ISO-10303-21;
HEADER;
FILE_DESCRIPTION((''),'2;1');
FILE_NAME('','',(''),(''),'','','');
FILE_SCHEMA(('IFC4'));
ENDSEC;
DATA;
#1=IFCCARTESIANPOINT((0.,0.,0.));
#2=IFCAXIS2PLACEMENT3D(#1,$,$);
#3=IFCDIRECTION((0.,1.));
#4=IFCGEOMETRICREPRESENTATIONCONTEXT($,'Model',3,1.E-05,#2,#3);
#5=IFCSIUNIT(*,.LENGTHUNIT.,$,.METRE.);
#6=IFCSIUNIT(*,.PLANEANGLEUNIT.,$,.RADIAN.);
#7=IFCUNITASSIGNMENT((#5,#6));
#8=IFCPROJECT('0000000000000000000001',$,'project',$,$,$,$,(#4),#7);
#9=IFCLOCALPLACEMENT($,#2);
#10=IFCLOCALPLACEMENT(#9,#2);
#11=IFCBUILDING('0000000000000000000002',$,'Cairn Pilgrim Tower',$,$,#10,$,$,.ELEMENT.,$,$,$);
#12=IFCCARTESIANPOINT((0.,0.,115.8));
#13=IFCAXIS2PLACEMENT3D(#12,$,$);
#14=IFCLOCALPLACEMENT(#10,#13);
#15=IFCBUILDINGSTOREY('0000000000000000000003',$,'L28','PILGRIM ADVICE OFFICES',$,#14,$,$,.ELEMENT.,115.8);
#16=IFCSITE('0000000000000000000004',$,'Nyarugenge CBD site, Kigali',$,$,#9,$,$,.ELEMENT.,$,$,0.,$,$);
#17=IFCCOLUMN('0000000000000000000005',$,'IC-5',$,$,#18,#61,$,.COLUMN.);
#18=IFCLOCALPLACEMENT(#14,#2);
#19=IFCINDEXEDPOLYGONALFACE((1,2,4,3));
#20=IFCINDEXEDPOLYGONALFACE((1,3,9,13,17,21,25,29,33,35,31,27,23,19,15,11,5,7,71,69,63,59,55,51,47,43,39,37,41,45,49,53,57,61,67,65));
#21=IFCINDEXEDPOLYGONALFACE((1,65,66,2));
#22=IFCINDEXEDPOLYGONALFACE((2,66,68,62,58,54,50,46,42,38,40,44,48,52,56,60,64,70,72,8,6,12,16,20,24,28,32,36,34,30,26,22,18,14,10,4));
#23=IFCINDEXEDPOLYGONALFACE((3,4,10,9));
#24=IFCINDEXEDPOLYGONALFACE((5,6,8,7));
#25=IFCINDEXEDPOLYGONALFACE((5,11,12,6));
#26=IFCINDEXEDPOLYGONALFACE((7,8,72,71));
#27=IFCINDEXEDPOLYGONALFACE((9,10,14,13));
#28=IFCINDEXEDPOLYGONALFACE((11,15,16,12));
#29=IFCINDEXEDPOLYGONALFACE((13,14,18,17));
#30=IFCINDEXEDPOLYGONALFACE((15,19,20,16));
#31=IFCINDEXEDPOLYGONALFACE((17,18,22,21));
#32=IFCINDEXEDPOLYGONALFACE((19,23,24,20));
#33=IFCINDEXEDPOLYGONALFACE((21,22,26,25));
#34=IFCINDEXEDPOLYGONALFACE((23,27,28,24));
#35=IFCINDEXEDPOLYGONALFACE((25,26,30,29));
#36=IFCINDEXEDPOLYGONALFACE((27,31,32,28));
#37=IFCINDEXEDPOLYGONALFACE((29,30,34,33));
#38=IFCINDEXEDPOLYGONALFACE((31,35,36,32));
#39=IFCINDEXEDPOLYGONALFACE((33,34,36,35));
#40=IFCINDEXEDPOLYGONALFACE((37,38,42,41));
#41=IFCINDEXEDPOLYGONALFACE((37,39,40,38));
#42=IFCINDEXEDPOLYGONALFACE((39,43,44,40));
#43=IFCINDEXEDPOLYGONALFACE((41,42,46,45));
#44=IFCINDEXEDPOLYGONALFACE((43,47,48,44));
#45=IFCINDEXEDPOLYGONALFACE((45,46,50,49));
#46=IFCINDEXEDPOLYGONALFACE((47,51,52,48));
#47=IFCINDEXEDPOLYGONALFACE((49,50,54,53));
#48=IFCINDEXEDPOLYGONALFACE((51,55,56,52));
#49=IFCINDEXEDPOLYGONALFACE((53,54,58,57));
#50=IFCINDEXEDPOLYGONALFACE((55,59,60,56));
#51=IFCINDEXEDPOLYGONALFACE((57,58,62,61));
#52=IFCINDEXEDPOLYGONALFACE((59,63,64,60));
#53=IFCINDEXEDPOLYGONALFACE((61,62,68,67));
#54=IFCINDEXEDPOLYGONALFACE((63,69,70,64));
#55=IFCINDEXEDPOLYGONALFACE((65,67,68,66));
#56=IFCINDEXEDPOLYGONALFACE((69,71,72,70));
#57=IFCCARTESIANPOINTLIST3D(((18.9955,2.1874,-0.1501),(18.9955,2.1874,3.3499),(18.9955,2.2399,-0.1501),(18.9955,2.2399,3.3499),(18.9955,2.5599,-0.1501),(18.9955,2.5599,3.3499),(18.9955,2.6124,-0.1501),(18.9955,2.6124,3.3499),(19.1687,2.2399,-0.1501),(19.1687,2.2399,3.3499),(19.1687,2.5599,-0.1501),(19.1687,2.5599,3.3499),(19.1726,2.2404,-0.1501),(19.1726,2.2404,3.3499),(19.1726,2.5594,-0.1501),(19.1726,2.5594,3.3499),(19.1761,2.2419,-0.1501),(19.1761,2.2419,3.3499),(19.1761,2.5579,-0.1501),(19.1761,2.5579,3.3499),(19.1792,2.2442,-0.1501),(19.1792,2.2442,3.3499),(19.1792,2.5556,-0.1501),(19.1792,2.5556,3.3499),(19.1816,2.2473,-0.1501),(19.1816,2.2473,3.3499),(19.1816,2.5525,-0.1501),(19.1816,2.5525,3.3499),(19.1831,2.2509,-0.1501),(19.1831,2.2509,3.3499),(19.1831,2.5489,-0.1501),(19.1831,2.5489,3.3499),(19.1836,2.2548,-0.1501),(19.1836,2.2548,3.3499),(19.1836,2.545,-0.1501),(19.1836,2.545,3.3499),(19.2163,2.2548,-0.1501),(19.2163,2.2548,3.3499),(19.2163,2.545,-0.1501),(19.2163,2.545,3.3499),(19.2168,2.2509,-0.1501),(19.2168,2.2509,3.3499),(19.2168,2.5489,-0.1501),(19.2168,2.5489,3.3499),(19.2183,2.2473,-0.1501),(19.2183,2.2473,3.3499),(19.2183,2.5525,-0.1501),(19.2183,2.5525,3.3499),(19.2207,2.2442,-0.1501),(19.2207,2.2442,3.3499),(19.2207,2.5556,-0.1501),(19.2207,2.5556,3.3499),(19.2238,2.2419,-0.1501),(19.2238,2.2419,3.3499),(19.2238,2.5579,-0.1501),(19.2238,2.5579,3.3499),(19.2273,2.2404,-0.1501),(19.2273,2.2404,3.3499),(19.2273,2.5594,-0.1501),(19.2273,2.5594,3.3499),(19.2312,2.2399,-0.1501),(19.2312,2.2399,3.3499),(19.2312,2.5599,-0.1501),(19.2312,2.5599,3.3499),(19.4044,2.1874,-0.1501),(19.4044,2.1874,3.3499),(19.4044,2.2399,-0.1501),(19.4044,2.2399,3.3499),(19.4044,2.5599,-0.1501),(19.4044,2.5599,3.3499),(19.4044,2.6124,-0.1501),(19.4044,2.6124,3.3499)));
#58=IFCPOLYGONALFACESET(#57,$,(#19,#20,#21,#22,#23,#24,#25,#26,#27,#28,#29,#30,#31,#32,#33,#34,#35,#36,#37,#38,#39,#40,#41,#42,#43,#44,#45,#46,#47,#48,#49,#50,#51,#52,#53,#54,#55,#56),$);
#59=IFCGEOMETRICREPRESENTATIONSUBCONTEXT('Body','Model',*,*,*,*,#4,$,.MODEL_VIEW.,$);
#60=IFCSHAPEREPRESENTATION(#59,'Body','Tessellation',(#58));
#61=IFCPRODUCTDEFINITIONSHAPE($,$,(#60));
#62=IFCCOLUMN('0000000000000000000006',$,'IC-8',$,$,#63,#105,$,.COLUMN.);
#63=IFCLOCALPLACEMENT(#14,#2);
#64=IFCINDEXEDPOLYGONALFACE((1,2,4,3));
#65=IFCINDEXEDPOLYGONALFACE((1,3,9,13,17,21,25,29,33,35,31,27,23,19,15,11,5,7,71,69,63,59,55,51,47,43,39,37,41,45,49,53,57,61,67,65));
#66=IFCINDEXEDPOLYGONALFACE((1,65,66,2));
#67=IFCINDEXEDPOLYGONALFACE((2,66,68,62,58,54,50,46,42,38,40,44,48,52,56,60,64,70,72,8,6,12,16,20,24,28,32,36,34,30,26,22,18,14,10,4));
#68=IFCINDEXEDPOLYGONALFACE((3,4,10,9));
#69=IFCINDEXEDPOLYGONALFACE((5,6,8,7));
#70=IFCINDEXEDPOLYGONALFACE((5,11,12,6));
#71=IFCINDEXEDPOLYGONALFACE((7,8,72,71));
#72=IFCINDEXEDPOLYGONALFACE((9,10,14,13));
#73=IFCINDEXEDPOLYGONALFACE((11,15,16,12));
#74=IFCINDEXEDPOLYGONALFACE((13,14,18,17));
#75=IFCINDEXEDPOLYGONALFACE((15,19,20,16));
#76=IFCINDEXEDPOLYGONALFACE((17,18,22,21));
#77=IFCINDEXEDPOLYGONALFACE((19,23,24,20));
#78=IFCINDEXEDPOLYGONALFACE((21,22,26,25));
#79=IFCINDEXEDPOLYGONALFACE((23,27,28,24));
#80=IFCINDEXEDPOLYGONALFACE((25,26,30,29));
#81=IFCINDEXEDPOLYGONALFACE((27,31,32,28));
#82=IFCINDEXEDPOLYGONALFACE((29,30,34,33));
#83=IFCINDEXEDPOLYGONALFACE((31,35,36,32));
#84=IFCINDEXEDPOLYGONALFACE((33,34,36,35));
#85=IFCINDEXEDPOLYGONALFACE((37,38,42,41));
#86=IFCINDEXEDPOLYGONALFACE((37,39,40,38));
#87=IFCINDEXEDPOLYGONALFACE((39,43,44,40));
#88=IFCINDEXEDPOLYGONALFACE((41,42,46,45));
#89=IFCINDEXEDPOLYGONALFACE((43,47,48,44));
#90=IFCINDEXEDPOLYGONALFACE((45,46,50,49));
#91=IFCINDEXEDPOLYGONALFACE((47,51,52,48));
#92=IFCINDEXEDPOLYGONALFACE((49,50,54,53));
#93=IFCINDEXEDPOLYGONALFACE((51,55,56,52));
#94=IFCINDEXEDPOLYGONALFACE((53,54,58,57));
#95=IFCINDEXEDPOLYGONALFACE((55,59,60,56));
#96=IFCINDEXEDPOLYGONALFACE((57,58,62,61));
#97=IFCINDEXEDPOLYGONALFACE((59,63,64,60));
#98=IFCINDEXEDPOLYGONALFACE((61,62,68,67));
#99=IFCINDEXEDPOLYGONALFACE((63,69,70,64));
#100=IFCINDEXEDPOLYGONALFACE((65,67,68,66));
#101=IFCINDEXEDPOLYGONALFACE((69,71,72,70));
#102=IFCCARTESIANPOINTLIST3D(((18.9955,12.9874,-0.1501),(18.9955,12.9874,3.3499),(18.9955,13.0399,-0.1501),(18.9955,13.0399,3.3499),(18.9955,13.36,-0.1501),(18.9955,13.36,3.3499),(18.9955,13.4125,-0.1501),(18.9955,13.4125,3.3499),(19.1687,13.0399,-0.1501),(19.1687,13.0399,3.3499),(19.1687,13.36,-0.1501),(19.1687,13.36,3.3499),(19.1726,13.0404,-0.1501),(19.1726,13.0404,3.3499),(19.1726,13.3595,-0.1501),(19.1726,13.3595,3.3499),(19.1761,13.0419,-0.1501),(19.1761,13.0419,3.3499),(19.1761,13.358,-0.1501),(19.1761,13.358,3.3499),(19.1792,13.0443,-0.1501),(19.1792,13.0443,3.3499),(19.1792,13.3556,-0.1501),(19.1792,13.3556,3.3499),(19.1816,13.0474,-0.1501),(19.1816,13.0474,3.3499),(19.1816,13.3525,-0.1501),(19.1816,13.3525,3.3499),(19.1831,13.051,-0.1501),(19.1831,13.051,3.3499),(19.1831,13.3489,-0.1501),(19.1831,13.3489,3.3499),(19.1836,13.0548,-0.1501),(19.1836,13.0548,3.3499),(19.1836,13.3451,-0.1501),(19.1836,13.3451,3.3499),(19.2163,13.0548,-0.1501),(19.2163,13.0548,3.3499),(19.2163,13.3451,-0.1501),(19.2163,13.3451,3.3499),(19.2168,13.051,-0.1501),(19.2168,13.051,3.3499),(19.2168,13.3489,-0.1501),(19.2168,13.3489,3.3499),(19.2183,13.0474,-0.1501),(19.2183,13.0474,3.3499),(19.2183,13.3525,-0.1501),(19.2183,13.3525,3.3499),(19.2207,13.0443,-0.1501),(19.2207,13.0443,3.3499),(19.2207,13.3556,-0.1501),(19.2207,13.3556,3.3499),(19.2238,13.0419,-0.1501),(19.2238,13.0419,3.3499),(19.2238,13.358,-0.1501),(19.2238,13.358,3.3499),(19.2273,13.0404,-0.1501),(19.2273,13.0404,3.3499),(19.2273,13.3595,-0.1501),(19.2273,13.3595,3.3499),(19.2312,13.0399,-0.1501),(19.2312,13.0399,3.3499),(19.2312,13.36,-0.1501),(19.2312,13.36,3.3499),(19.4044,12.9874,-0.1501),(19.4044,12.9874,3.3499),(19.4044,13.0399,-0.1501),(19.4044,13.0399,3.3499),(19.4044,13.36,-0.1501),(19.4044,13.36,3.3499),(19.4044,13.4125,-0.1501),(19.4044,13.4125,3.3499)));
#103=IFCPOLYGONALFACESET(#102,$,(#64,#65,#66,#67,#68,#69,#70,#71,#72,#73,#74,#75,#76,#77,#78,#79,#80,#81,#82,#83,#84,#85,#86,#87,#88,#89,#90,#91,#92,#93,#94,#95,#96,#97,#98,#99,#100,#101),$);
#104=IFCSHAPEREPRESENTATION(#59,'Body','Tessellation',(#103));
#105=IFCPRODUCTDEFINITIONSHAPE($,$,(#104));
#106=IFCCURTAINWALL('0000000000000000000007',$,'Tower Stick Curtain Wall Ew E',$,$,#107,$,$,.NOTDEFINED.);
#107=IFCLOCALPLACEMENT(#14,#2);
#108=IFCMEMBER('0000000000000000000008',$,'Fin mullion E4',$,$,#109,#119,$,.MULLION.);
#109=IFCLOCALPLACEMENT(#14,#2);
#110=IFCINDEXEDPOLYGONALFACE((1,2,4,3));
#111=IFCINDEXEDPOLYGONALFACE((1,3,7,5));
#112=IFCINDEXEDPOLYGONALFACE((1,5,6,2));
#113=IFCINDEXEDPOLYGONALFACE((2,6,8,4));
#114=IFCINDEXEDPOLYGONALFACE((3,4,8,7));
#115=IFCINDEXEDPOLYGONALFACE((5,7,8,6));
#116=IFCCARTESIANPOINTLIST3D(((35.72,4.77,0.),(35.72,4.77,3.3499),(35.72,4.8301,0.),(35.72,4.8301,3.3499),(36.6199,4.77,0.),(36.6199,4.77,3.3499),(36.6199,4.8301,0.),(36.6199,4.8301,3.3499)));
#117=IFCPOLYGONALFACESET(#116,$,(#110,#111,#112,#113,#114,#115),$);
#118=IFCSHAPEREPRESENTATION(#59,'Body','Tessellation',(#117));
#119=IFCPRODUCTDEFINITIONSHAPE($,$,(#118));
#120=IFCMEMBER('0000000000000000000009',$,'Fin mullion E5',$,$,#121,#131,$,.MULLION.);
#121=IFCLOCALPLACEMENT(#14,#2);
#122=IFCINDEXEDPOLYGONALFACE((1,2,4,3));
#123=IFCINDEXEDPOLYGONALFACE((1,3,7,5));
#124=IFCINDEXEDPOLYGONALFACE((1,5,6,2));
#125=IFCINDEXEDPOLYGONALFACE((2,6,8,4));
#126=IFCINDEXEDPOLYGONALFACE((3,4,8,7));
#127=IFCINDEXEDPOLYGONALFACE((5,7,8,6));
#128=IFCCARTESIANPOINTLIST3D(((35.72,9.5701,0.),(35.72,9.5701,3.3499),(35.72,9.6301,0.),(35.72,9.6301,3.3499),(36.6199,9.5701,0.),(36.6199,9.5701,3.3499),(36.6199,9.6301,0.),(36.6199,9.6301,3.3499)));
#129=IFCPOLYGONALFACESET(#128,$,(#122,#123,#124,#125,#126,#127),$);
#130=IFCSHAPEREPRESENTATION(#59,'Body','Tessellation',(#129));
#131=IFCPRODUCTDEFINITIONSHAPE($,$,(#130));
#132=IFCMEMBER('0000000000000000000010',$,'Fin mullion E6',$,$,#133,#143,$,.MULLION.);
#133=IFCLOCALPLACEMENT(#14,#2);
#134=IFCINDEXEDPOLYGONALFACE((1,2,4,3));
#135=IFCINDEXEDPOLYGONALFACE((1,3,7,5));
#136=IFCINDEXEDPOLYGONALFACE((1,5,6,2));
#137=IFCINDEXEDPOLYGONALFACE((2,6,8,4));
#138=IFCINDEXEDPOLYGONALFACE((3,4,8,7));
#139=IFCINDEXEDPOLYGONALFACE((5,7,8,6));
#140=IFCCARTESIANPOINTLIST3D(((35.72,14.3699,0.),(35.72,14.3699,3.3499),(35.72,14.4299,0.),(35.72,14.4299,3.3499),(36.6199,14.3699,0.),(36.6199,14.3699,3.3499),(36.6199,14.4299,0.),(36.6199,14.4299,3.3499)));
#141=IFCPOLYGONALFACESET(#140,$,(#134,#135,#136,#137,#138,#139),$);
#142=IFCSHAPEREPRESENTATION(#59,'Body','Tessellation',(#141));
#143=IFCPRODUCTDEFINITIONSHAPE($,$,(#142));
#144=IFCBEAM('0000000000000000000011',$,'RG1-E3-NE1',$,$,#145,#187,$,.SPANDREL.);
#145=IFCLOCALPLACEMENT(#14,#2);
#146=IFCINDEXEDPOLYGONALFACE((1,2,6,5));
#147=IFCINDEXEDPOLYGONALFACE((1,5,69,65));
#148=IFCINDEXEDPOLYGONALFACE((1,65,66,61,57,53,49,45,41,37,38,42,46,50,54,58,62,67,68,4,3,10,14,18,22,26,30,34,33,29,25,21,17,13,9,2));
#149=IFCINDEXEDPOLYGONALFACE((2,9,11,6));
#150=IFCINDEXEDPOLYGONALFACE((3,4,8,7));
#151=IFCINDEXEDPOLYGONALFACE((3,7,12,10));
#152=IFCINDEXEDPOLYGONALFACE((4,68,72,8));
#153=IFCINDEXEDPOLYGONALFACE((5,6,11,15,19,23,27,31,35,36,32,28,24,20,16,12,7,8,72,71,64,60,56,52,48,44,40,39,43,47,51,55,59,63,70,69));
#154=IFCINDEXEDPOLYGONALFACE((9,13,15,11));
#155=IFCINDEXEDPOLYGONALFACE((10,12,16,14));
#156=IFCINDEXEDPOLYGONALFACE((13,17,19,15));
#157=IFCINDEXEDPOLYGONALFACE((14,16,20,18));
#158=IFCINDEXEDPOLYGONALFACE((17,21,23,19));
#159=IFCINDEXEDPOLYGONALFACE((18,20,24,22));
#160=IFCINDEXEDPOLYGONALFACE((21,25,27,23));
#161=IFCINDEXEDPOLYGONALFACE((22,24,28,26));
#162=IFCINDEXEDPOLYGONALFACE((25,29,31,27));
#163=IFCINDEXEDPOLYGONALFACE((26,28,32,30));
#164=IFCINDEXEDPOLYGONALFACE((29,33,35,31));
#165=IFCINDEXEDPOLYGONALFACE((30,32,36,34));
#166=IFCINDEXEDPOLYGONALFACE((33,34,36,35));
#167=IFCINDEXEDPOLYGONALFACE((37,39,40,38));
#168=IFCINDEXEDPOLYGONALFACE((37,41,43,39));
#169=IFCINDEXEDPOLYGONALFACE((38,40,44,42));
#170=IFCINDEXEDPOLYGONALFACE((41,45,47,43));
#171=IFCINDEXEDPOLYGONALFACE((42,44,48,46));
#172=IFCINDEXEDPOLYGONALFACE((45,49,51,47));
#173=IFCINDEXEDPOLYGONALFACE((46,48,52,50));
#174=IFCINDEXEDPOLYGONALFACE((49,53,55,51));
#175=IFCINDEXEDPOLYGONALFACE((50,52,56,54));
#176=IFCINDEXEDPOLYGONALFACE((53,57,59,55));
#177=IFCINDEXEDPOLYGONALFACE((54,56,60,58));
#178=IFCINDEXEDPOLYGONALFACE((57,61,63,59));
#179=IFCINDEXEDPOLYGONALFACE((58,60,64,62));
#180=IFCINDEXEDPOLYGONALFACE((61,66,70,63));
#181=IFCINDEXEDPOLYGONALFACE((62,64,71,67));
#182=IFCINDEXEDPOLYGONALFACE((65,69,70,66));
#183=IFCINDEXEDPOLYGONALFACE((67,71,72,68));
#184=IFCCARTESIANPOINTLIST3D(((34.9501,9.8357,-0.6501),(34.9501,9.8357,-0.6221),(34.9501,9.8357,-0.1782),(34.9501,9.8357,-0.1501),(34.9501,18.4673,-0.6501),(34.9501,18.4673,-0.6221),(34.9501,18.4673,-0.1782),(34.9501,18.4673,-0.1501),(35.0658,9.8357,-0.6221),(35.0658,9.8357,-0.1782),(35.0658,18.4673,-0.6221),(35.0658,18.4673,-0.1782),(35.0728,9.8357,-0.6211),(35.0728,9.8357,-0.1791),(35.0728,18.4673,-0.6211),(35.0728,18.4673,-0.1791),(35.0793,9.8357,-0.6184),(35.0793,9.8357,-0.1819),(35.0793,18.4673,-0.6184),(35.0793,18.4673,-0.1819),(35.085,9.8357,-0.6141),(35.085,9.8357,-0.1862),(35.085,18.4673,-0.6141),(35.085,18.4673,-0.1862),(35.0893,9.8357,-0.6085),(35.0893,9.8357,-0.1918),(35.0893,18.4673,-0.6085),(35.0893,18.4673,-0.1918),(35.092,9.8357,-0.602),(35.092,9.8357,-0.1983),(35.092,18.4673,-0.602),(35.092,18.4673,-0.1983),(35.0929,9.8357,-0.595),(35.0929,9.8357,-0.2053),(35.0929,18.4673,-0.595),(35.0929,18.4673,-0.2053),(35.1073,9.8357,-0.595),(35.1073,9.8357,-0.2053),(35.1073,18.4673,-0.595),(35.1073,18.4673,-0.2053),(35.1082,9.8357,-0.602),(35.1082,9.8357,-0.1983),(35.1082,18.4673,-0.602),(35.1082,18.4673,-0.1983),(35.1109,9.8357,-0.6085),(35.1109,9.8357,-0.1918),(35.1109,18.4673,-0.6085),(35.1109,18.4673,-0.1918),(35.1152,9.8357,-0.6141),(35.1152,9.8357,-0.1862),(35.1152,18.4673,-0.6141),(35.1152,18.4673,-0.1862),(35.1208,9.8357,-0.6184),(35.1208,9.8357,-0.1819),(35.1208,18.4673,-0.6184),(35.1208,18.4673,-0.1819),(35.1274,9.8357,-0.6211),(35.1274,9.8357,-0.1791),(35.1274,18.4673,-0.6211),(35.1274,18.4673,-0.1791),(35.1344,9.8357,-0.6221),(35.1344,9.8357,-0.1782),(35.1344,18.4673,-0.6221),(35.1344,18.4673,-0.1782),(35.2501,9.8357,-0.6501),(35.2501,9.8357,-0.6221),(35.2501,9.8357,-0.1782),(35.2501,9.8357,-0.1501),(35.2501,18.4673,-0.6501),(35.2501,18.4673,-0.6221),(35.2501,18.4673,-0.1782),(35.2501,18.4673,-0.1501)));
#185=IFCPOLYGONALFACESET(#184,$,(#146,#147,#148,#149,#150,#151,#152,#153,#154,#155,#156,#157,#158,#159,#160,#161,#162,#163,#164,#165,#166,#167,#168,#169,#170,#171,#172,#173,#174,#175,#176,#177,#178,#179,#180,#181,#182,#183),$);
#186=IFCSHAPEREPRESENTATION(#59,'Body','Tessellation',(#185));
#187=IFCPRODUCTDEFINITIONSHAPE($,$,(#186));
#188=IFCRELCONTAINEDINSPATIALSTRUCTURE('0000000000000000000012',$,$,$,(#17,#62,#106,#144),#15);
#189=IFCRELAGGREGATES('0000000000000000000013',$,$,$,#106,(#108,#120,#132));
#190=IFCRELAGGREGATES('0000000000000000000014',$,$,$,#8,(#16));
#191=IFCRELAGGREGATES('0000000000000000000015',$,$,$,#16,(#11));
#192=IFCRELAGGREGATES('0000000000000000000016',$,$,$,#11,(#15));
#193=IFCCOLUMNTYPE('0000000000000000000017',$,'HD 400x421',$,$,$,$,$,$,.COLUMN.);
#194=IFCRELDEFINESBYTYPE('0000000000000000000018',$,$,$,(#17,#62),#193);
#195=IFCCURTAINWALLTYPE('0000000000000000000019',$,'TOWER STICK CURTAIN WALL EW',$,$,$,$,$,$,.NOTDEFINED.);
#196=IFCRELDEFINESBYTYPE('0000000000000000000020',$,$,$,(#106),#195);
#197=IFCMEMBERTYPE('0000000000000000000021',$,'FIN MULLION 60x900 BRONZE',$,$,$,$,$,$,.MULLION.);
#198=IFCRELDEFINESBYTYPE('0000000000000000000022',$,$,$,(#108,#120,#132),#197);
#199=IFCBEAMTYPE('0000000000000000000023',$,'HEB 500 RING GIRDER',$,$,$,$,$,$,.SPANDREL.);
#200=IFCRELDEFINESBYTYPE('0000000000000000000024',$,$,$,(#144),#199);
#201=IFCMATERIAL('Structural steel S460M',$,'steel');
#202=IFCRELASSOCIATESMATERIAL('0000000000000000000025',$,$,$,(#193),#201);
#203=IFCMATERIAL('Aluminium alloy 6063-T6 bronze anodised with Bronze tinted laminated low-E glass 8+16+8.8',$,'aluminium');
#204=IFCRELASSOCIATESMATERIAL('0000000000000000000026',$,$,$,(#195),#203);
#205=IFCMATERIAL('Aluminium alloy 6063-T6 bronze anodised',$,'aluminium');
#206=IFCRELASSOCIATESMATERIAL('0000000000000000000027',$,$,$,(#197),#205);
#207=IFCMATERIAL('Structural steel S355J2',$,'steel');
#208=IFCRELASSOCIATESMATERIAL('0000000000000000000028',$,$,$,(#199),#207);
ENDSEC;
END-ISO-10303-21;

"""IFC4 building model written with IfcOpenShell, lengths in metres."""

from ifc_helpers import new_model, si_unit, direction, frame, origin, origin_2d, place, context, subcontext, project, spatial, rectangle, i_section, extrude, material, material_profile, profile_set, type_object, element, aggregate, save


model = new_model("IFC4")

# Units and contexts
model_context = context("Model", 3, precision=1e-05, world=origin(), true_north=direction((0.0, 1.0)))
body_context = subcontext(model_context, "Body", "Model", "MODEL_VIEW")
ifc_project = project(units=[si_unit("LENGTHUNIT", "METRE"), si_unit("PLANEANGLEUNIT", "RADIAN")], contexts=[model_context])

# Site, building, storey
site_placement = place(None, origin())
site = spatial("IfcSite", under=ifc_project, at=site_placement, Name="Nyarugenge CBD site, Kigali", CompositionType="ELEMENT", RefElevation=0.0)
building_placement = place(site_placement, origin())
building = spatial("IfcBuilding", under=site, at=building_placement, Name="Cairn Pilgrim Tower", CompositionType="ELEMENT")
storey_placement = place(building_placement, frame((0.0, 0.0, 115.8)))
storey = spatial("IfcBuildingStorey", under=building, at=storey_placement, Name="L28", Description="PILGRIM ADVICE OFFICES", CompositionType="ELEMENT", Elevation=115.8)

# Columns
ifc_material_1 = material(Name="Structural steel S460M", Category="steel")
ifc_material_profile_1 = material_profile(ifc_material_1, i_section(OverallWidth=0.4089, OverallDepth=0.425, WebThickness=0.0327, FlangeThickness=0.0525, FilletRadius=0.0149, at=origin_2d()), Name="HD 400x421")
ifc_profile_set_1 = profile_set([ifc_material_profile_1], Name="Structural steel S460M")
column_type_1 = type_object("IfcColumnType", Name="HD 400x421", PredefinedType="COLUMN", material=ifc_profile_set_1)
for number, where, z_axis, x_axis, name in (
    (1, (19.2, 2.3999, -0.1501), (0.0, 0.0, 1.0), (1.0, 0.0, 0.0), "IC-5"),
    (2, (19.2, 13.2, -0.1501), (0.0, 0.0, 1.0), (1.0, 0.0, 0.0), "IC-8"),
):
    element("IfcColumn", number, at=place(storey_placement, frame(where, z_axis=z_axis, x_axis=x_axis)), inside=storey, type_object=column_type_1, Name=name, PredefinedType="COLUMN", context=body_context, shape_type="SweptSolid", body=[
        extrude(i_section(OverallWidth=0.4089, OverallDepth=0.425, WebThickness=0.0327, FlangeThickness=0.0525, FilletRadius=0.0149, at=origin_2d()), origin(), (0.0, 0.0, 1.0), 3.5),
    ])

# Curtain wall, members
ifc_material_2 = material(Name="Aluminium alloy 6063-T6 bronze anodised with Bronze tinted laminated low-E glass 8+16+8.8", Category="aluminium")
curtain_wall_type = type_object("IfcCurtainWallType", Name="TOWER STICK CURTAIN WALL EW", PredefinedType="NOTDEFINED", material=ifc_material_2)
curtain_wall_placement = place(storey_placement, origin())
curtain_wall = element("IfcCurtainWall", 3, at=curtain_wall_placement, inside=storey, type_object=curtain_wall_type, Name="Tower Stick Curtain Wall Ew E", PredefinedType="NOTDEFINED")
ifc_material_3 = material(Name="Aluminium alloy 6063-T6 bronze anodised", Category="aluminium")
ifc_material_profile_2 = material_profile(ifc_material_3, rectangle(XDim=0.8999, YDim=0.0601, at=origin_2d()), Name="FIN MULLION 60x900 BRONZE")
ifc_profile_set_2 = profile_set([ifc_material_profile_2], Name="Aluminium alloy 6063-T6 bronze anodised")
member_type_1 = type_object("IfcMemberType", Name="FIN MULLION 60x900 BRONZE", PredefinedType="MULLION", material=ifc_profile_set_2)
member_1_placement = place(storey_placement, frame((36.1699, 4.8, 0.0), z_axis=(0.0, 0.0, 1.0), x_axis=(1.0, 0.0, 0.0)))
member_1 = element("IfcMember", 4, at=member_1_placement, type_object=member_type_1, Name="Fin mullion E4", PredefinedType="MULLION", context=body_context, shape_type="SweptSolid", body=[
    extrude(rectangle(XDim=0.8999, YDim=0.0601, at=origin_2d()), origin(), (0.0, 0.0, 1.0), 3.3499),
])
member_2_placement = place(storey_placement, frame((36.1699, 9.6001, 0.0), z_axis=(0.0, 0.0, 1.0), x_axis=(1.0, 0.0, 0.0)))
member_2 = element("IfcMember", 5, at=member_2_placement, type_object=member_type_1, Name="Fin mullion E5", PredefinedType="MULLION", context=body_context, shape_type="SweptSolid", body=[
    extrude(rectangle(XDim=0.8999, YDim=0.0601, at=origin_2d()), origin(), (0.0, 0.0, 1.0), 3.3499),
])
member_3_placement = place(storey_placement, frame((36.1699, 14.3999, 0.0), z_axis=(0.0, 0.0, 1.0), x_axis=(1.0, 0.0, 0.0)))
member_3 = element("IfcMember", 6, at=member_3_placement, type_object=member_type_1, Name="Fin mullion E6", PredefinedType="MULLION", context=body_context, shape_type="SweptSolid", body=[
    extrude(rectangle(XDim=0.8999, YDim=0.0601, at=origin_2d()), origin(), (0.0, 0.0, 1.0), 3.3499),
])

# Beam
ifc_material_4 = material(Name="Structural steel S355J2", Category="steel")
ifc_material_profile_3 = material_profile(ifc_material_4, i_section(OverallWidth=0.3, OverallDepth=0.5, WebThickness=0.0144, FlangeThickness=0.0281, FilletRadius=0.0271, at=origin_2d()), Name="HEB 500")
ifc_profile_set_3 = profile_set([ifc_material_profile_3], Name="Structural steel S355J2")
beam_type_1 = type_object("IfcBeamType", Name="HEB 500 RING GIRDER", PredefinedType="SPANDREL", material=ifc_profile_set_3)
beam_1_placement = place(storey_placement, frame((35.1001, 9.8357, -0.4001), z_axis=(0.0, 1.0, 0.0), x_axis=(-1.0, 0.0, 0.0)))
element("IfcBeam", 7, at=beam_1_placement, inside=storey, type_object=beam_type_1, Name="RG1-E3-NE1", PredefinedType="SPANDREL", context=body_context, shape_type="SweptSolid", body=[
    extrude(i_section(OverallWidth=0.3, OverallDepth=0.5, WebThickness=0.0144, FlangeThickness=0.0281, FilletRadius=0.0271, at=origin_2d()), origin(), (0.0, 0.0, 1.0), 8.6316),
])

aggregate(curtain_wall, [member_1, member_2, member_3])

save(model, "model.ifc")
